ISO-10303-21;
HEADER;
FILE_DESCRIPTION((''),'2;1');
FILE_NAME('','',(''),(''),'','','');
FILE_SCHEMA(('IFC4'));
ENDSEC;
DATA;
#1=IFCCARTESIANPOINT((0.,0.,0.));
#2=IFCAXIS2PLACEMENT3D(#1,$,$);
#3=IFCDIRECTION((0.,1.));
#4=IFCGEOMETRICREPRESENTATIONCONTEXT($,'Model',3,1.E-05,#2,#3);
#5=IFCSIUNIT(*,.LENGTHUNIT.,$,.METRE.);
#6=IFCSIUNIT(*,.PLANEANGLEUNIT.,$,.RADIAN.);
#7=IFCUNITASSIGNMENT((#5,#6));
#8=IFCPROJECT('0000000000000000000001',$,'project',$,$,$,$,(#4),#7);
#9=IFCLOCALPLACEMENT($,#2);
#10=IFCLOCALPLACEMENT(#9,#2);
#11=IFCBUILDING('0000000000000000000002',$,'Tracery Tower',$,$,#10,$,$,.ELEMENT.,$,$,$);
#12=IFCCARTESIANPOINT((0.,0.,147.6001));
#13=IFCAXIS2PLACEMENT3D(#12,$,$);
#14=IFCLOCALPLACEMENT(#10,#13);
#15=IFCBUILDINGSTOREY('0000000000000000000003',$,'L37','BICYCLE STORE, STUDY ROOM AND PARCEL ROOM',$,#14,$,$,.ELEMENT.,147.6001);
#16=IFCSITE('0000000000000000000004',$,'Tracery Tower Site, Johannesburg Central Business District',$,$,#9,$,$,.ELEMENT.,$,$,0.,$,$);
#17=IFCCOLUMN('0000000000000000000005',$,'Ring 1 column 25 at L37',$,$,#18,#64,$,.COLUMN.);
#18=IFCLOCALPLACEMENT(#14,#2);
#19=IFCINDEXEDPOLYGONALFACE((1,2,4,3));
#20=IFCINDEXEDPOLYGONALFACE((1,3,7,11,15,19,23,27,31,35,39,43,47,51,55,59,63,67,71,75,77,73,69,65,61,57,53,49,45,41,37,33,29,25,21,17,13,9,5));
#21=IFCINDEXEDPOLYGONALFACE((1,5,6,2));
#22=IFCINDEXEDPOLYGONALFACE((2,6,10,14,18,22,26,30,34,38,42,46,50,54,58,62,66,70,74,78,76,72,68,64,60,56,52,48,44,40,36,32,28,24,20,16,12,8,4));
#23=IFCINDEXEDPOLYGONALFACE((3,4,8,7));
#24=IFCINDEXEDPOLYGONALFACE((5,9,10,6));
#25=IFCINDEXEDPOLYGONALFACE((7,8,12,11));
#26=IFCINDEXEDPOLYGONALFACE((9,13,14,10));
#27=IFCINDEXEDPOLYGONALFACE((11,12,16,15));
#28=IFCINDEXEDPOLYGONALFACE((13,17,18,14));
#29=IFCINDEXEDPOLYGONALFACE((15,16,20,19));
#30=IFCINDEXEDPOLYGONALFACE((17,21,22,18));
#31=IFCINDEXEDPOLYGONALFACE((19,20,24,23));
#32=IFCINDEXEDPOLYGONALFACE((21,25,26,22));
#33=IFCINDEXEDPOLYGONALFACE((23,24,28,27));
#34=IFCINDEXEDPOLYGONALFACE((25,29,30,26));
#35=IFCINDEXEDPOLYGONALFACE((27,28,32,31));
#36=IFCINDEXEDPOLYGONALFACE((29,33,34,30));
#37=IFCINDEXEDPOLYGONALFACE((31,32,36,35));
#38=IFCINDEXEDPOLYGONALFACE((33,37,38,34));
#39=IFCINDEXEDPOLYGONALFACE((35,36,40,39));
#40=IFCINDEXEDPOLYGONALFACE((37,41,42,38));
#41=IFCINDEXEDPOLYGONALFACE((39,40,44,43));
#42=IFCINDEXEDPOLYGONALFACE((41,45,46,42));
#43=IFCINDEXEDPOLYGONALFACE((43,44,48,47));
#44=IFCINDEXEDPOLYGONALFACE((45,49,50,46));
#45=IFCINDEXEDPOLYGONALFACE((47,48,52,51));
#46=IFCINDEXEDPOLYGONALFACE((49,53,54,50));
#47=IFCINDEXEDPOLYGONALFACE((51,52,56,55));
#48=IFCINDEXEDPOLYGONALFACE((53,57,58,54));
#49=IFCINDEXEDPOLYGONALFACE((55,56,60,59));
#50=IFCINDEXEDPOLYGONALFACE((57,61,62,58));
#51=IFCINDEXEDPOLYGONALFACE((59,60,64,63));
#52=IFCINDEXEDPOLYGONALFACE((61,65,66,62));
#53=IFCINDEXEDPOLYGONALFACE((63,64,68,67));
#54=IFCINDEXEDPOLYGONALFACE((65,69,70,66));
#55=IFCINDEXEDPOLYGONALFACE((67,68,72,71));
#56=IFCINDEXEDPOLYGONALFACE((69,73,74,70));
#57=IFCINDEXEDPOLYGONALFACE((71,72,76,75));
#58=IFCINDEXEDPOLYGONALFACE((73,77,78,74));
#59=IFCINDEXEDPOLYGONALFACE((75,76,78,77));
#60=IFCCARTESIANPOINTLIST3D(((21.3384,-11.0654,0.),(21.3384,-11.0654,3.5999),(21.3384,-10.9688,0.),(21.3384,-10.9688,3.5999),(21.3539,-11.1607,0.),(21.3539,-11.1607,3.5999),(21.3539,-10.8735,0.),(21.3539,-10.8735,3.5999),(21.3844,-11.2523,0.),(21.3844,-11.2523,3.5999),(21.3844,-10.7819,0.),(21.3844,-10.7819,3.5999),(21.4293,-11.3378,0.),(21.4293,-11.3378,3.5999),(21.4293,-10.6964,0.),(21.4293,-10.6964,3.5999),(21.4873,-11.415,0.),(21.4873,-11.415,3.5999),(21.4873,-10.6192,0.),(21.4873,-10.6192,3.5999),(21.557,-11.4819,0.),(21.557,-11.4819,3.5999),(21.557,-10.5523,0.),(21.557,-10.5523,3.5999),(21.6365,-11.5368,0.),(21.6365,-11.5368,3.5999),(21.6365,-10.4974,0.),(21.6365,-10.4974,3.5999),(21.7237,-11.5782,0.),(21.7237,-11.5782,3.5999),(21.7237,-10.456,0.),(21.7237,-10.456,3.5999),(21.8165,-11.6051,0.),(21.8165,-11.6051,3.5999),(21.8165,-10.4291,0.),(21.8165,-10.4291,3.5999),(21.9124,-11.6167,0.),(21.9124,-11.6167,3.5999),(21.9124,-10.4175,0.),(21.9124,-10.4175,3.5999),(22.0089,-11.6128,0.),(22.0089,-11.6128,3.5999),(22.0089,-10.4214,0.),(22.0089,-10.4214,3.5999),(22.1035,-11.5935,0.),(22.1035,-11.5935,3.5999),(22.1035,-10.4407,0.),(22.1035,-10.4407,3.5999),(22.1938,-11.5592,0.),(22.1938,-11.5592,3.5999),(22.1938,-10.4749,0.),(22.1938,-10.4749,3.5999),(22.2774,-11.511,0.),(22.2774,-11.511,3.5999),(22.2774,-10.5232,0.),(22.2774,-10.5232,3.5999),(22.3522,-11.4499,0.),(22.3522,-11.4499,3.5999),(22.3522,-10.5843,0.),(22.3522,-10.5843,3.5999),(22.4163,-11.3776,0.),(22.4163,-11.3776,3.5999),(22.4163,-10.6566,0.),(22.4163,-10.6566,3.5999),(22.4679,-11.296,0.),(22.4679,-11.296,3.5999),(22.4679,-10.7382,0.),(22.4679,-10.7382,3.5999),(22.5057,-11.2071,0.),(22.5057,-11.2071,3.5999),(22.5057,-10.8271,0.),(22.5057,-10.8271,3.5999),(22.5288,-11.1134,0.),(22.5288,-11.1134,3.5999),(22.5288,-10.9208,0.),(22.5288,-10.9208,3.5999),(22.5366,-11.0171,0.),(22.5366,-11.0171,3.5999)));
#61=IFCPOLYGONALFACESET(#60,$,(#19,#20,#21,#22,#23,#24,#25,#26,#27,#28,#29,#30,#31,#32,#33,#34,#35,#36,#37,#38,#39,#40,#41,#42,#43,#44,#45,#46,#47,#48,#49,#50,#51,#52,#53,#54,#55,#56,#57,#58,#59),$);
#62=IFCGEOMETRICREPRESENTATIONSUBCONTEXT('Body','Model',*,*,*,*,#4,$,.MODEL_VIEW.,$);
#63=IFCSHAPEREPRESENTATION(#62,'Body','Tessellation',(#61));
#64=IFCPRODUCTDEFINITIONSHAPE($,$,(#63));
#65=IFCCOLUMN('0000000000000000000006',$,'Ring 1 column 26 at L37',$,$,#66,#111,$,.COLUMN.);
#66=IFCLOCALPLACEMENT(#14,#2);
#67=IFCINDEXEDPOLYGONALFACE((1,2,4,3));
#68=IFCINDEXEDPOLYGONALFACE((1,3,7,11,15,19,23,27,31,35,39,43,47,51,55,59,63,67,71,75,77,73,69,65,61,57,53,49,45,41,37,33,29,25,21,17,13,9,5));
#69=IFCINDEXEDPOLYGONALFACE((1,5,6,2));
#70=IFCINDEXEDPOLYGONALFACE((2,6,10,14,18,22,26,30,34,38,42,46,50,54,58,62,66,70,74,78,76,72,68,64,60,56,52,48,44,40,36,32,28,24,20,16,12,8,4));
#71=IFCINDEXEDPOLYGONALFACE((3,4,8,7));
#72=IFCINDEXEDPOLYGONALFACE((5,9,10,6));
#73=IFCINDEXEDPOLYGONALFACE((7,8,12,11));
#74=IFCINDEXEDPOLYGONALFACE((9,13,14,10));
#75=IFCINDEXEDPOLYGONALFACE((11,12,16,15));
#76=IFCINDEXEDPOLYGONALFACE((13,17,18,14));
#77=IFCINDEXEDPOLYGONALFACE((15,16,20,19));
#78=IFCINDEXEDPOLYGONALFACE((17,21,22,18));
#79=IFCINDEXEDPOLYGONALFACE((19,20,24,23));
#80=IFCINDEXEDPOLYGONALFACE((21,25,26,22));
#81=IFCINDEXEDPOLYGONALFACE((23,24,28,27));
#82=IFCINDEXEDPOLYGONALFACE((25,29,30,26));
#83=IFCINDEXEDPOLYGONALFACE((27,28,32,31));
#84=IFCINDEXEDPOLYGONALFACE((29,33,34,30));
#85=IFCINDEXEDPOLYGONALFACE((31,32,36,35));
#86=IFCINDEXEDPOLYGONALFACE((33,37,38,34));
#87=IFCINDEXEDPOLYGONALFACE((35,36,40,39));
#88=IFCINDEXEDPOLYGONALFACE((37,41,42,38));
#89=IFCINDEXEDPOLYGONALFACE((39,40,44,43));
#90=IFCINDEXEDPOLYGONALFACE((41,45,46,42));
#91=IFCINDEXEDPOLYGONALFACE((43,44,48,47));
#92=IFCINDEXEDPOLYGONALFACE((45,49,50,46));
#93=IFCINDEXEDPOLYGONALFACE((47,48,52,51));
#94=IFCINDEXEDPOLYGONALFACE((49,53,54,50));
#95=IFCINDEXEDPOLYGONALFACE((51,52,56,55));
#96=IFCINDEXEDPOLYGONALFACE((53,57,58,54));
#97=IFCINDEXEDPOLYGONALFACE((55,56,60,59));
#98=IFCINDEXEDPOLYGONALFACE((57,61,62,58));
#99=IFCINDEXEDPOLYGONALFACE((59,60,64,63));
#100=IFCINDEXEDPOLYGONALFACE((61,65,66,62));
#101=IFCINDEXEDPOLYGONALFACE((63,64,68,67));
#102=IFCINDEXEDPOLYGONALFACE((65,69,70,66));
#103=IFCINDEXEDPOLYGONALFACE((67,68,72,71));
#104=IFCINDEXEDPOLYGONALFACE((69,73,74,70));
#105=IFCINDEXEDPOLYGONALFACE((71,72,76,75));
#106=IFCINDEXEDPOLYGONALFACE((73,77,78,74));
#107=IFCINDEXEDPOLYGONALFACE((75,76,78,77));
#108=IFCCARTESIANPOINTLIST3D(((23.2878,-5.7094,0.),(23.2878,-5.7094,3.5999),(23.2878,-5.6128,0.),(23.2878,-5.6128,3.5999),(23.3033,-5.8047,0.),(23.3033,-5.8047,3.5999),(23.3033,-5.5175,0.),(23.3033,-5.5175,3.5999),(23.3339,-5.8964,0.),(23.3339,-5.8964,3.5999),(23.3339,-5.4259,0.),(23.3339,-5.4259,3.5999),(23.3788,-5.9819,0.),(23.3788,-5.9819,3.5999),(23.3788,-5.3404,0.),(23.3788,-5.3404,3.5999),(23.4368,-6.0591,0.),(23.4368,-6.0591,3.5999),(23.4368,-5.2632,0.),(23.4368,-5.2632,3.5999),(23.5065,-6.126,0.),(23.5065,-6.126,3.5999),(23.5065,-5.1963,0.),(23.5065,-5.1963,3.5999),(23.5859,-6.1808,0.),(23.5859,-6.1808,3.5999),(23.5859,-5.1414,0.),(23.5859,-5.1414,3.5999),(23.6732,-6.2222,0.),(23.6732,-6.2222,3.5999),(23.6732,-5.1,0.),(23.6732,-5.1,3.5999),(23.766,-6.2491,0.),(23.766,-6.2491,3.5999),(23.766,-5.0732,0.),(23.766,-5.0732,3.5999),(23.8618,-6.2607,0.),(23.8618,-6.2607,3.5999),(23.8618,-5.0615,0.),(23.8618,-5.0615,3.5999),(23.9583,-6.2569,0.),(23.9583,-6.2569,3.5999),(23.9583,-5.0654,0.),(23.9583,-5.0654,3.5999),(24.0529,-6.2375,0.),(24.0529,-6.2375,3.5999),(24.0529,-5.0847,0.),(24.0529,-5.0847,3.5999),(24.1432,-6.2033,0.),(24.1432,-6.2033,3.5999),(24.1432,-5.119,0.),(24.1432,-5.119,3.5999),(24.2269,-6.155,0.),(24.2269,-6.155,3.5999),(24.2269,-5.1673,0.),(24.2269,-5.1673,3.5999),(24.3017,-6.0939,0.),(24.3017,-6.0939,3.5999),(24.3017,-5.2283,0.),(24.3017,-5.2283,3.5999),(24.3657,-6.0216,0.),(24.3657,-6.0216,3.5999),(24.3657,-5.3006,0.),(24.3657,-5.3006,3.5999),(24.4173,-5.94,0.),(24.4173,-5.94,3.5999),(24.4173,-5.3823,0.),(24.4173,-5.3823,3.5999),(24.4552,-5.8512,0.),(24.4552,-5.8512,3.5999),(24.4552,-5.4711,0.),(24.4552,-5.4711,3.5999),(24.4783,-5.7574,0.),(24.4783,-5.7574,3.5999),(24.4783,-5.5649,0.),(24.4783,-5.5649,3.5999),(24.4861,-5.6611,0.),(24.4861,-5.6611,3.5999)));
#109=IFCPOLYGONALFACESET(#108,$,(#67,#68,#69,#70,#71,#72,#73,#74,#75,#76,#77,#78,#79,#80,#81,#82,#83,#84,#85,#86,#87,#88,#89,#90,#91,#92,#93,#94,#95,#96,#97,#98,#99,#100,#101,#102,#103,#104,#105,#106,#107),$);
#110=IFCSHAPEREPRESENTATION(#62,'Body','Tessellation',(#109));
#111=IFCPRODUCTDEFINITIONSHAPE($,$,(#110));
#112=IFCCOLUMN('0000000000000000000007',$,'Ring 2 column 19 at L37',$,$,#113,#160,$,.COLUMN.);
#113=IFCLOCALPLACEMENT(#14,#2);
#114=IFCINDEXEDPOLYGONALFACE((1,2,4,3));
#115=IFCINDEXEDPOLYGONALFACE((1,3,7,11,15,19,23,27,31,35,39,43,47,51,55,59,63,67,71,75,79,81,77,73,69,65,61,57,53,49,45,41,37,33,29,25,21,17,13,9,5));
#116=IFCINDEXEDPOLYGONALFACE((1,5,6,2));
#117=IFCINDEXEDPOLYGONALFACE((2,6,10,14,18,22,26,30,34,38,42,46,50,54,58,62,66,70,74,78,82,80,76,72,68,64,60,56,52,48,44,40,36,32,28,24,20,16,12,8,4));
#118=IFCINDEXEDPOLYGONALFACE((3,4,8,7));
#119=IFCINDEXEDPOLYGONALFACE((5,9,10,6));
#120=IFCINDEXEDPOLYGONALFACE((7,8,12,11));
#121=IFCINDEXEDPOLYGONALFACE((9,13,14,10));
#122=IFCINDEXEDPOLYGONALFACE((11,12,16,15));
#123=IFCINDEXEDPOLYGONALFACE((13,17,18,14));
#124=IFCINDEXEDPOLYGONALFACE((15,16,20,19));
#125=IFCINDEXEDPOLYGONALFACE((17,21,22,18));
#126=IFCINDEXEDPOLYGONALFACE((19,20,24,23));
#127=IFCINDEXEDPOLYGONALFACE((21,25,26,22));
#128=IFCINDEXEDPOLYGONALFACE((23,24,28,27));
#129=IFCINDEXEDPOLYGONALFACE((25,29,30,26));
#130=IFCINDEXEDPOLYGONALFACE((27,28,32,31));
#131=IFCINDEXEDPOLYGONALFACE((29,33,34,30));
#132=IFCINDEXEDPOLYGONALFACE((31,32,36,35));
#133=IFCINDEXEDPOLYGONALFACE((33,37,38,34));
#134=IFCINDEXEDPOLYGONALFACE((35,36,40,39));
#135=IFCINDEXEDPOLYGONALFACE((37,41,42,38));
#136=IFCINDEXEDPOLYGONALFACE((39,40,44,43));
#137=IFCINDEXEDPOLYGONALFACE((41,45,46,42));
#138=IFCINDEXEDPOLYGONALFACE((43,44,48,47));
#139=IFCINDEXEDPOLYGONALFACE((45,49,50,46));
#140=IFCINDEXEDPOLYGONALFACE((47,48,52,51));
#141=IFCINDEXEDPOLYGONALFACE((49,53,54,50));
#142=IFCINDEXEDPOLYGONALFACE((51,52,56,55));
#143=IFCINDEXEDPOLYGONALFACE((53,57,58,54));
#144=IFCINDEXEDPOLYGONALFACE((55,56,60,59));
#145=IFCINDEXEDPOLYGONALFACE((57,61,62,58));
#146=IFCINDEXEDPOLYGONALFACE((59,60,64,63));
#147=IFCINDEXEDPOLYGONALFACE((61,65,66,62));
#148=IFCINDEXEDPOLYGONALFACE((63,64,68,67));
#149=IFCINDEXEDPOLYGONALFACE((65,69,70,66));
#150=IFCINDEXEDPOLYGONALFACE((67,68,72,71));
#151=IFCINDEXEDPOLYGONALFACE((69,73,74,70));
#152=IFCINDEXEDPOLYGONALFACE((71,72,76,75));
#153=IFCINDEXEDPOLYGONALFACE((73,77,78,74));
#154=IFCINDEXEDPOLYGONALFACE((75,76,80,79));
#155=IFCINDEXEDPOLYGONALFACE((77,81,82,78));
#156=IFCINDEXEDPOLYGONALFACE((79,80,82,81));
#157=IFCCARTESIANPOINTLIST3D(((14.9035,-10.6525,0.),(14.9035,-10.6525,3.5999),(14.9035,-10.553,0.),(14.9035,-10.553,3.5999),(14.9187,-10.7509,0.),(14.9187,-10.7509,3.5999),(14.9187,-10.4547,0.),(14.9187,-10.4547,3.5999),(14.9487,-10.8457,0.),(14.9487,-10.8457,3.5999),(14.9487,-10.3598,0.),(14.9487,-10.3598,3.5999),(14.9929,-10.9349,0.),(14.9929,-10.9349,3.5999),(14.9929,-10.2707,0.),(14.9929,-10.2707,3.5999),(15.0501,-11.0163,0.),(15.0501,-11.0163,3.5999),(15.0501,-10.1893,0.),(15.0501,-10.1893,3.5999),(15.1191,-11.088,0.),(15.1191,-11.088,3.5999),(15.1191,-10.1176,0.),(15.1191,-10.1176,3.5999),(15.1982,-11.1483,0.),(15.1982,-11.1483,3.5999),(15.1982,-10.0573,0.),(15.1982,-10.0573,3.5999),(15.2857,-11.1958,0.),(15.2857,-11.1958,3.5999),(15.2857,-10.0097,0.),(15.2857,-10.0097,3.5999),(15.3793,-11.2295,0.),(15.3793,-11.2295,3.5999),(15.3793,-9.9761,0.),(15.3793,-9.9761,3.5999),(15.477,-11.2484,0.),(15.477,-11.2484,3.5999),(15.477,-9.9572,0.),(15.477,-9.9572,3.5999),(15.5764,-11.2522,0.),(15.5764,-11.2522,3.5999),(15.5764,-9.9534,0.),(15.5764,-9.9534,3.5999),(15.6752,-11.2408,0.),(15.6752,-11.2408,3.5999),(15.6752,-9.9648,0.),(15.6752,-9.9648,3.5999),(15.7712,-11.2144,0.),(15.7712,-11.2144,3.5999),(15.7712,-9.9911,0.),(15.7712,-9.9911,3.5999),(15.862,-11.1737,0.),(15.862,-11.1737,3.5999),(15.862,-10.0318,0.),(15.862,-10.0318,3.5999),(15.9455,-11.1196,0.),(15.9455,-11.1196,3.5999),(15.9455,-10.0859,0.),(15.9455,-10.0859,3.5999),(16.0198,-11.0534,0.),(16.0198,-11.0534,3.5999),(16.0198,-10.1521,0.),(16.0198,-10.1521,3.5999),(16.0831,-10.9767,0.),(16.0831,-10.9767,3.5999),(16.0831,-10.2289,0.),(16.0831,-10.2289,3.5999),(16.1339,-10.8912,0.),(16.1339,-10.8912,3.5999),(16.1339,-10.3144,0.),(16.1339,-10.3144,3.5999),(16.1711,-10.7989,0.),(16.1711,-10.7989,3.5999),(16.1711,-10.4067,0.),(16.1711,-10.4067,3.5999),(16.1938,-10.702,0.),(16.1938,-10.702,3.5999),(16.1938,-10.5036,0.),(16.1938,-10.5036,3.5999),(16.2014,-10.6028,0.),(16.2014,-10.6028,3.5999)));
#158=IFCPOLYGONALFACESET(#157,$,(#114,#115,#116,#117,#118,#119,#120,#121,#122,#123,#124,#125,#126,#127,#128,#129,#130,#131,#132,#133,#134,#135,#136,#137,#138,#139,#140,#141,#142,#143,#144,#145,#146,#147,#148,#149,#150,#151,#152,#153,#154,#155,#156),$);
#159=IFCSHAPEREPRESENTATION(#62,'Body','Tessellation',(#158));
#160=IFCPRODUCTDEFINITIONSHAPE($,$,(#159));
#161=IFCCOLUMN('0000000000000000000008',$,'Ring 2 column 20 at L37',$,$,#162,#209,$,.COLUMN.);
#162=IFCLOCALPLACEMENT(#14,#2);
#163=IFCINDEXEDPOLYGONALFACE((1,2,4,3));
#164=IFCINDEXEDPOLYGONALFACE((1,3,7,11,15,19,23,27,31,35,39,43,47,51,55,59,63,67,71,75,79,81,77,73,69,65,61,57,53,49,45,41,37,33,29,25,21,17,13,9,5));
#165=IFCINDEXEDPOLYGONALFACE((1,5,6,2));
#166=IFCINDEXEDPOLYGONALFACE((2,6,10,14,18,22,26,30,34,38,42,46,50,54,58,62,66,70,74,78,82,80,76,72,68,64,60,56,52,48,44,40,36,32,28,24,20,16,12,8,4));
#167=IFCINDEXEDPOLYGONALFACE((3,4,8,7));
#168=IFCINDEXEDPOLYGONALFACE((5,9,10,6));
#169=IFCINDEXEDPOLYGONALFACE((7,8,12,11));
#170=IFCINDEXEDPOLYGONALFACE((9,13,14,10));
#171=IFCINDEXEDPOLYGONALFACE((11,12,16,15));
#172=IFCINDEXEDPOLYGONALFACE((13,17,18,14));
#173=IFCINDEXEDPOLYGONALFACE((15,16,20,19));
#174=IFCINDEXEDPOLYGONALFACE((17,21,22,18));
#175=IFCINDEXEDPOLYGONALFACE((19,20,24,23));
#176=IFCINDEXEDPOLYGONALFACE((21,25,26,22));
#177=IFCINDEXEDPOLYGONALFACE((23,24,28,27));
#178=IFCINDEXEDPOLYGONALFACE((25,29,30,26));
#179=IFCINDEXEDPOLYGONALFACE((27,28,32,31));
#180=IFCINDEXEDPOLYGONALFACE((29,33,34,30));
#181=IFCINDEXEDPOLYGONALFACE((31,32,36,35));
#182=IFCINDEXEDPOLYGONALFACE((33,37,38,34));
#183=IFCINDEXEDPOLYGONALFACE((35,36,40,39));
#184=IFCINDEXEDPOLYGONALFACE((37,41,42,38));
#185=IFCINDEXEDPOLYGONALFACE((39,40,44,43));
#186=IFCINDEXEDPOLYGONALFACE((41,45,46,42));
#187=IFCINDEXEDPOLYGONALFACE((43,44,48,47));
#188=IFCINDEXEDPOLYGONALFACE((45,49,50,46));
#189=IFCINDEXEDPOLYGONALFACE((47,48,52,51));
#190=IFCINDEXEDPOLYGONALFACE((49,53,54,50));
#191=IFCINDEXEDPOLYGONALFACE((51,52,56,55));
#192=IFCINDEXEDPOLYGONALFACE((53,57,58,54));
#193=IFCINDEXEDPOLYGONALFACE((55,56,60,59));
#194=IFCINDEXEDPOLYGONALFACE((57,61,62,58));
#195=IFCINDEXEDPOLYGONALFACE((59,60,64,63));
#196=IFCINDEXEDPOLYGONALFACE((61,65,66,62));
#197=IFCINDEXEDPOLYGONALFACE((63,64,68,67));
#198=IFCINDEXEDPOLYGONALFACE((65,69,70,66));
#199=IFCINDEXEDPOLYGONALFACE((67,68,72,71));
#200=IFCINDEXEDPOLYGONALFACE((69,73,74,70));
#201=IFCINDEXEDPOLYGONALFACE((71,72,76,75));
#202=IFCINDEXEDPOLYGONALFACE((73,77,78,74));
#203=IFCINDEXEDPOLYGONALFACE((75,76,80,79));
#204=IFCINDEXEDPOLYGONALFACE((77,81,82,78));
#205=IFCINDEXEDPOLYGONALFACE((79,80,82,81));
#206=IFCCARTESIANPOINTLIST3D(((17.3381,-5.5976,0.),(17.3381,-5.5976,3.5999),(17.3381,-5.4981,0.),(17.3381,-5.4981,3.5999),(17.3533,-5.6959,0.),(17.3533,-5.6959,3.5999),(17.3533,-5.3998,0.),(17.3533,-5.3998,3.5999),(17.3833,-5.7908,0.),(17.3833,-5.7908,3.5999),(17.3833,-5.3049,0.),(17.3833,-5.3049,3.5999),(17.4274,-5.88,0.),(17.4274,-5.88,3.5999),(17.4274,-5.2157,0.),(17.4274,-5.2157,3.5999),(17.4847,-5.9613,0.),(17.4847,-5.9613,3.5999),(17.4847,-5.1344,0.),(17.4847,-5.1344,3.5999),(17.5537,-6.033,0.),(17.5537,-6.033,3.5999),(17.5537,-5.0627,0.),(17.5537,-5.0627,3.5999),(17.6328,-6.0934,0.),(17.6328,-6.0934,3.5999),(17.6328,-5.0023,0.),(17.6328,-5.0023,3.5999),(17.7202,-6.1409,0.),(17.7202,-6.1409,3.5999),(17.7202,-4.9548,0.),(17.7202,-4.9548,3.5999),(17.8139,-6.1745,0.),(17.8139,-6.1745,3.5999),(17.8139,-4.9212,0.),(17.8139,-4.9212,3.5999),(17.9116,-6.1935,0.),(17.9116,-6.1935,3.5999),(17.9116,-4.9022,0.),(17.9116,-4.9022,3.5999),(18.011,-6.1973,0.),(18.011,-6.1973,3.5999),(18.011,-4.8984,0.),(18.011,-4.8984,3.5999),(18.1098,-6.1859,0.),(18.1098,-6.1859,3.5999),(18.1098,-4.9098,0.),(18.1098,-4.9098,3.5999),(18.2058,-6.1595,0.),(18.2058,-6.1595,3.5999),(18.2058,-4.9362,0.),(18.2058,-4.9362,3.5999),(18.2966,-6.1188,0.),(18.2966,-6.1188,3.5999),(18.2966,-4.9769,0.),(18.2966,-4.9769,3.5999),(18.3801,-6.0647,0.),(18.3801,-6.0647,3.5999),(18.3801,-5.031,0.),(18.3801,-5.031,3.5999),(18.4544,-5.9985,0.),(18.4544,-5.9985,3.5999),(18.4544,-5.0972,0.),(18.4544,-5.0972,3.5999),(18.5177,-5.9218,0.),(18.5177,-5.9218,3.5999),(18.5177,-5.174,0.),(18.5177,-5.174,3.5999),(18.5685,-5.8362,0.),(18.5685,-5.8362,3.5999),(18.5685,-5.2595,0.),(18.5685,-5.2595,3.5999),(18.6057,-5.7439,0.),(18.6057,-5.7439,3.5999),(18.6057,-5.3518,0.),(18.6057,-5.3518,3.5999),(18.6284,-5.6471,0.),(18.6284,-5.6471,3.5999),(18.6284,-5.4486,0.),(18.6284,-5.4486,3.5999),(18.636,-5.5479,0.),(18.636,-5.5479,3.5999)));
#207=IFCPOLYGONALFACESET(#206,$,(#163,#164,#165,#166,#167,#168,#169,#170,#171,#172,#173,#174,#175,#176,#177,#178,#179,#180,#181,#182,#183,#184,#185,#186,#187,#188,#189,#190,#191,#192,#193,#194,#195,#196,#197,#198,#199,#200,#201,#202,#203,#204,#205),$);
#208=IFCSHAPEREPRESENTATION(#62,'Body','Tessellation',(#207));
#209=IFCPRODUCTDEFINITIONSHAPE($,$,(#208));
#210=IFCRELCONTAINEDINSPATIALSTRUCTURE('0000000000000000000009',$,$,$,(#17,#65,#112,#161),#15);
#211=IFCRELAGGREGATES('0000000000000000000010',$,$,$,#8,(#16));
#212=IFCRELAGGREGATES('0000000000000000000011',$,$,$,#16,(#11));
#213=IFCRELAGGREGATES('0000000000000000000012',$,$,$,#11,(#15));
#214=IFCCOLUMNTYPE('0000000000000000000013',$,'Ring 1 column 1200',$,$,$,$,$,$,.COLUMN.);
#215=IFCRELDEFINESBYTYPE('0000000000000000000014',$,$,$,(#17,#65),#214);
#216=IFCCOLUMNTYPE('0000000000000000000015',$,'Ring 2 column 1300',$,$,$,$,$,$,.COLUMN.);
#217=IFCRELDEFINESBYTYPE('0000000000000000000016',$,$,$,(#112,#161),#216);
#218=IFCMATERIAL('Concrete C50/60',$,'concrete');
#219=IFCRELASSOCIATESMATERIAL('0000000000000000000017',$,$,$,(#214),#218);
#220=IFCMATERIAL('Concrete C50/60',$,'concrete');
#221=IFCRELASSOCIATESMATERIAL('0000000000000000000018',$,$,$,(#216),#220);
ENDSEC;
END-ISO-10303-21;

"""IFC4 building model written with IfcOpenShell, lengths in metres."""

from ifc_helpers import new_model, si_unit, direction, frame, origin, origin_2d, place, context, subcontext, project, spatial, circle, extrude, material, material_profile, profile_set, type_object, element, save


model = new_model("IFC4")

# Units and contexts
model_context = context("Model", 3, precision=1e-05, world=origin(), true_north=direction((0.0, 1.0)))
body_context = subcontext(model_context, "Body", "Model", "MODEL_VIEW")
ifc_project = project(units=[si_unit("LENGTHUNIT", "METRE"), si_unit("PLANEANGLEUNIT", "RADIAN")], contexts=[model_context])

# Site, building, storey
site_placement = place(None, origin())
site = spatial("IfcSite", under=ifc_project, at=site_placement, Name="Tracery Tower Site, Johannesburg Central Business District", CompositionType="ELEMENT", RefElevation=0.0)
building_placement = place(site_placement, origin())
building = spatial("IfcBuilding", under=site, at=building_placement, Name="Tracery Tower", CompositionType="ELEMENT")
storey_placement = place(building_placement, frame((0.0, 0.0, 147.6001)))
storey = spatial("IfcBuildingStorey", under=building, at=storey_placement, Name="L37", Description="BICYCLE STORE, STUDY ROOM AND PARCEL ROOM", CompositionType="ELEMENT", Elevation=147.6001)

# Columns
ifc_material_1 = material(Name="Concrete C50/60", Category="concrete")
ifc_material_profile_1 = material_profile(ifc_material_1, circle(Radius=0.6001, at=origin_2d()), Name="RC D1200")
ifc_profile_set_1 = profile_set([ifc_material_profile_1], Name="Concrete C50/60")
column_type_1 = type_object("IfcColumnType", Name="Ring 1 column 1200", PredefinedType="COLUMN", material=ifc_profile_set_1)
for number, where, z_axis, x_axis, name in (
    (1, (21.9365, -11.0171, 0.0), (0.0, 0.0, 1.0), (1.0, 0.0, 0.0), "Ring 1 column 25 at L37"),
    (2, (23.886, -5.6611, 0.0), (0.0, 0.0, 1.0), (1.0, 0.0, 0.0), "Ring 1 column 26 at L37"),
):
    element("IfcColumn", number, at=place(storey_placement, frame(where, z_axis=z_axis, x_axis=x_axis)), inside=storey, type_object=column_type_1, Name=name, PredefinedType="COLUMN", context=body_context, shape_type="SweptSolid", body=[
        extrude(circle(Radius=0.6001, at=origin_2d()), origin(), (0.0, 0.0, 1.0), 3.5999),
    ])
ifc_material_2 = material(Name="Concrete C50/60", Category="concrete")
ifc_material_profile_2 = material_profile(ifc_material_2, circle(Radius=0.6499, at=origin_2d()), Name="RC D1300")
ifc_profile_set_2 = profile_set([ifc_material_profile_2], Name="Concrete C50/60")
column_type_2 = type_object("IfcColumnType", Name="Ring 2 column 1300", PredefinedType="COLUMN", material=ifc_profile_set_2)
for number, where, z_axis, x_axis, name in (
    (3, (15.5515, -10.6028, 0.0), (0.0, 0.0, 1.0), (1.0, 0.0, 0.0), "Ring 2 column 19 at L37"),
    (4, (17.9861, -5.5479, 0.0), (0.0, 0.0, 1.0), (1.0, 0.0, 0.0), "Ring 2 column 20 at L37"),
):
    element("IfcColumn", number, at=place(storey_placement, frame(where, z_axis=z_axis, x_axis=x_axis)), inside=storey, type_object=column_type_2, Name=name, PredefinedType="COLUMN", context=body_context, shape_type="SweptSolid", body=[
        extrude(circle(Radius=0.6499, at=origin_2d()), origin(), (0.0, 0.0, 1.0), 3.5999),
    ])

save(model, "model.ifc")
